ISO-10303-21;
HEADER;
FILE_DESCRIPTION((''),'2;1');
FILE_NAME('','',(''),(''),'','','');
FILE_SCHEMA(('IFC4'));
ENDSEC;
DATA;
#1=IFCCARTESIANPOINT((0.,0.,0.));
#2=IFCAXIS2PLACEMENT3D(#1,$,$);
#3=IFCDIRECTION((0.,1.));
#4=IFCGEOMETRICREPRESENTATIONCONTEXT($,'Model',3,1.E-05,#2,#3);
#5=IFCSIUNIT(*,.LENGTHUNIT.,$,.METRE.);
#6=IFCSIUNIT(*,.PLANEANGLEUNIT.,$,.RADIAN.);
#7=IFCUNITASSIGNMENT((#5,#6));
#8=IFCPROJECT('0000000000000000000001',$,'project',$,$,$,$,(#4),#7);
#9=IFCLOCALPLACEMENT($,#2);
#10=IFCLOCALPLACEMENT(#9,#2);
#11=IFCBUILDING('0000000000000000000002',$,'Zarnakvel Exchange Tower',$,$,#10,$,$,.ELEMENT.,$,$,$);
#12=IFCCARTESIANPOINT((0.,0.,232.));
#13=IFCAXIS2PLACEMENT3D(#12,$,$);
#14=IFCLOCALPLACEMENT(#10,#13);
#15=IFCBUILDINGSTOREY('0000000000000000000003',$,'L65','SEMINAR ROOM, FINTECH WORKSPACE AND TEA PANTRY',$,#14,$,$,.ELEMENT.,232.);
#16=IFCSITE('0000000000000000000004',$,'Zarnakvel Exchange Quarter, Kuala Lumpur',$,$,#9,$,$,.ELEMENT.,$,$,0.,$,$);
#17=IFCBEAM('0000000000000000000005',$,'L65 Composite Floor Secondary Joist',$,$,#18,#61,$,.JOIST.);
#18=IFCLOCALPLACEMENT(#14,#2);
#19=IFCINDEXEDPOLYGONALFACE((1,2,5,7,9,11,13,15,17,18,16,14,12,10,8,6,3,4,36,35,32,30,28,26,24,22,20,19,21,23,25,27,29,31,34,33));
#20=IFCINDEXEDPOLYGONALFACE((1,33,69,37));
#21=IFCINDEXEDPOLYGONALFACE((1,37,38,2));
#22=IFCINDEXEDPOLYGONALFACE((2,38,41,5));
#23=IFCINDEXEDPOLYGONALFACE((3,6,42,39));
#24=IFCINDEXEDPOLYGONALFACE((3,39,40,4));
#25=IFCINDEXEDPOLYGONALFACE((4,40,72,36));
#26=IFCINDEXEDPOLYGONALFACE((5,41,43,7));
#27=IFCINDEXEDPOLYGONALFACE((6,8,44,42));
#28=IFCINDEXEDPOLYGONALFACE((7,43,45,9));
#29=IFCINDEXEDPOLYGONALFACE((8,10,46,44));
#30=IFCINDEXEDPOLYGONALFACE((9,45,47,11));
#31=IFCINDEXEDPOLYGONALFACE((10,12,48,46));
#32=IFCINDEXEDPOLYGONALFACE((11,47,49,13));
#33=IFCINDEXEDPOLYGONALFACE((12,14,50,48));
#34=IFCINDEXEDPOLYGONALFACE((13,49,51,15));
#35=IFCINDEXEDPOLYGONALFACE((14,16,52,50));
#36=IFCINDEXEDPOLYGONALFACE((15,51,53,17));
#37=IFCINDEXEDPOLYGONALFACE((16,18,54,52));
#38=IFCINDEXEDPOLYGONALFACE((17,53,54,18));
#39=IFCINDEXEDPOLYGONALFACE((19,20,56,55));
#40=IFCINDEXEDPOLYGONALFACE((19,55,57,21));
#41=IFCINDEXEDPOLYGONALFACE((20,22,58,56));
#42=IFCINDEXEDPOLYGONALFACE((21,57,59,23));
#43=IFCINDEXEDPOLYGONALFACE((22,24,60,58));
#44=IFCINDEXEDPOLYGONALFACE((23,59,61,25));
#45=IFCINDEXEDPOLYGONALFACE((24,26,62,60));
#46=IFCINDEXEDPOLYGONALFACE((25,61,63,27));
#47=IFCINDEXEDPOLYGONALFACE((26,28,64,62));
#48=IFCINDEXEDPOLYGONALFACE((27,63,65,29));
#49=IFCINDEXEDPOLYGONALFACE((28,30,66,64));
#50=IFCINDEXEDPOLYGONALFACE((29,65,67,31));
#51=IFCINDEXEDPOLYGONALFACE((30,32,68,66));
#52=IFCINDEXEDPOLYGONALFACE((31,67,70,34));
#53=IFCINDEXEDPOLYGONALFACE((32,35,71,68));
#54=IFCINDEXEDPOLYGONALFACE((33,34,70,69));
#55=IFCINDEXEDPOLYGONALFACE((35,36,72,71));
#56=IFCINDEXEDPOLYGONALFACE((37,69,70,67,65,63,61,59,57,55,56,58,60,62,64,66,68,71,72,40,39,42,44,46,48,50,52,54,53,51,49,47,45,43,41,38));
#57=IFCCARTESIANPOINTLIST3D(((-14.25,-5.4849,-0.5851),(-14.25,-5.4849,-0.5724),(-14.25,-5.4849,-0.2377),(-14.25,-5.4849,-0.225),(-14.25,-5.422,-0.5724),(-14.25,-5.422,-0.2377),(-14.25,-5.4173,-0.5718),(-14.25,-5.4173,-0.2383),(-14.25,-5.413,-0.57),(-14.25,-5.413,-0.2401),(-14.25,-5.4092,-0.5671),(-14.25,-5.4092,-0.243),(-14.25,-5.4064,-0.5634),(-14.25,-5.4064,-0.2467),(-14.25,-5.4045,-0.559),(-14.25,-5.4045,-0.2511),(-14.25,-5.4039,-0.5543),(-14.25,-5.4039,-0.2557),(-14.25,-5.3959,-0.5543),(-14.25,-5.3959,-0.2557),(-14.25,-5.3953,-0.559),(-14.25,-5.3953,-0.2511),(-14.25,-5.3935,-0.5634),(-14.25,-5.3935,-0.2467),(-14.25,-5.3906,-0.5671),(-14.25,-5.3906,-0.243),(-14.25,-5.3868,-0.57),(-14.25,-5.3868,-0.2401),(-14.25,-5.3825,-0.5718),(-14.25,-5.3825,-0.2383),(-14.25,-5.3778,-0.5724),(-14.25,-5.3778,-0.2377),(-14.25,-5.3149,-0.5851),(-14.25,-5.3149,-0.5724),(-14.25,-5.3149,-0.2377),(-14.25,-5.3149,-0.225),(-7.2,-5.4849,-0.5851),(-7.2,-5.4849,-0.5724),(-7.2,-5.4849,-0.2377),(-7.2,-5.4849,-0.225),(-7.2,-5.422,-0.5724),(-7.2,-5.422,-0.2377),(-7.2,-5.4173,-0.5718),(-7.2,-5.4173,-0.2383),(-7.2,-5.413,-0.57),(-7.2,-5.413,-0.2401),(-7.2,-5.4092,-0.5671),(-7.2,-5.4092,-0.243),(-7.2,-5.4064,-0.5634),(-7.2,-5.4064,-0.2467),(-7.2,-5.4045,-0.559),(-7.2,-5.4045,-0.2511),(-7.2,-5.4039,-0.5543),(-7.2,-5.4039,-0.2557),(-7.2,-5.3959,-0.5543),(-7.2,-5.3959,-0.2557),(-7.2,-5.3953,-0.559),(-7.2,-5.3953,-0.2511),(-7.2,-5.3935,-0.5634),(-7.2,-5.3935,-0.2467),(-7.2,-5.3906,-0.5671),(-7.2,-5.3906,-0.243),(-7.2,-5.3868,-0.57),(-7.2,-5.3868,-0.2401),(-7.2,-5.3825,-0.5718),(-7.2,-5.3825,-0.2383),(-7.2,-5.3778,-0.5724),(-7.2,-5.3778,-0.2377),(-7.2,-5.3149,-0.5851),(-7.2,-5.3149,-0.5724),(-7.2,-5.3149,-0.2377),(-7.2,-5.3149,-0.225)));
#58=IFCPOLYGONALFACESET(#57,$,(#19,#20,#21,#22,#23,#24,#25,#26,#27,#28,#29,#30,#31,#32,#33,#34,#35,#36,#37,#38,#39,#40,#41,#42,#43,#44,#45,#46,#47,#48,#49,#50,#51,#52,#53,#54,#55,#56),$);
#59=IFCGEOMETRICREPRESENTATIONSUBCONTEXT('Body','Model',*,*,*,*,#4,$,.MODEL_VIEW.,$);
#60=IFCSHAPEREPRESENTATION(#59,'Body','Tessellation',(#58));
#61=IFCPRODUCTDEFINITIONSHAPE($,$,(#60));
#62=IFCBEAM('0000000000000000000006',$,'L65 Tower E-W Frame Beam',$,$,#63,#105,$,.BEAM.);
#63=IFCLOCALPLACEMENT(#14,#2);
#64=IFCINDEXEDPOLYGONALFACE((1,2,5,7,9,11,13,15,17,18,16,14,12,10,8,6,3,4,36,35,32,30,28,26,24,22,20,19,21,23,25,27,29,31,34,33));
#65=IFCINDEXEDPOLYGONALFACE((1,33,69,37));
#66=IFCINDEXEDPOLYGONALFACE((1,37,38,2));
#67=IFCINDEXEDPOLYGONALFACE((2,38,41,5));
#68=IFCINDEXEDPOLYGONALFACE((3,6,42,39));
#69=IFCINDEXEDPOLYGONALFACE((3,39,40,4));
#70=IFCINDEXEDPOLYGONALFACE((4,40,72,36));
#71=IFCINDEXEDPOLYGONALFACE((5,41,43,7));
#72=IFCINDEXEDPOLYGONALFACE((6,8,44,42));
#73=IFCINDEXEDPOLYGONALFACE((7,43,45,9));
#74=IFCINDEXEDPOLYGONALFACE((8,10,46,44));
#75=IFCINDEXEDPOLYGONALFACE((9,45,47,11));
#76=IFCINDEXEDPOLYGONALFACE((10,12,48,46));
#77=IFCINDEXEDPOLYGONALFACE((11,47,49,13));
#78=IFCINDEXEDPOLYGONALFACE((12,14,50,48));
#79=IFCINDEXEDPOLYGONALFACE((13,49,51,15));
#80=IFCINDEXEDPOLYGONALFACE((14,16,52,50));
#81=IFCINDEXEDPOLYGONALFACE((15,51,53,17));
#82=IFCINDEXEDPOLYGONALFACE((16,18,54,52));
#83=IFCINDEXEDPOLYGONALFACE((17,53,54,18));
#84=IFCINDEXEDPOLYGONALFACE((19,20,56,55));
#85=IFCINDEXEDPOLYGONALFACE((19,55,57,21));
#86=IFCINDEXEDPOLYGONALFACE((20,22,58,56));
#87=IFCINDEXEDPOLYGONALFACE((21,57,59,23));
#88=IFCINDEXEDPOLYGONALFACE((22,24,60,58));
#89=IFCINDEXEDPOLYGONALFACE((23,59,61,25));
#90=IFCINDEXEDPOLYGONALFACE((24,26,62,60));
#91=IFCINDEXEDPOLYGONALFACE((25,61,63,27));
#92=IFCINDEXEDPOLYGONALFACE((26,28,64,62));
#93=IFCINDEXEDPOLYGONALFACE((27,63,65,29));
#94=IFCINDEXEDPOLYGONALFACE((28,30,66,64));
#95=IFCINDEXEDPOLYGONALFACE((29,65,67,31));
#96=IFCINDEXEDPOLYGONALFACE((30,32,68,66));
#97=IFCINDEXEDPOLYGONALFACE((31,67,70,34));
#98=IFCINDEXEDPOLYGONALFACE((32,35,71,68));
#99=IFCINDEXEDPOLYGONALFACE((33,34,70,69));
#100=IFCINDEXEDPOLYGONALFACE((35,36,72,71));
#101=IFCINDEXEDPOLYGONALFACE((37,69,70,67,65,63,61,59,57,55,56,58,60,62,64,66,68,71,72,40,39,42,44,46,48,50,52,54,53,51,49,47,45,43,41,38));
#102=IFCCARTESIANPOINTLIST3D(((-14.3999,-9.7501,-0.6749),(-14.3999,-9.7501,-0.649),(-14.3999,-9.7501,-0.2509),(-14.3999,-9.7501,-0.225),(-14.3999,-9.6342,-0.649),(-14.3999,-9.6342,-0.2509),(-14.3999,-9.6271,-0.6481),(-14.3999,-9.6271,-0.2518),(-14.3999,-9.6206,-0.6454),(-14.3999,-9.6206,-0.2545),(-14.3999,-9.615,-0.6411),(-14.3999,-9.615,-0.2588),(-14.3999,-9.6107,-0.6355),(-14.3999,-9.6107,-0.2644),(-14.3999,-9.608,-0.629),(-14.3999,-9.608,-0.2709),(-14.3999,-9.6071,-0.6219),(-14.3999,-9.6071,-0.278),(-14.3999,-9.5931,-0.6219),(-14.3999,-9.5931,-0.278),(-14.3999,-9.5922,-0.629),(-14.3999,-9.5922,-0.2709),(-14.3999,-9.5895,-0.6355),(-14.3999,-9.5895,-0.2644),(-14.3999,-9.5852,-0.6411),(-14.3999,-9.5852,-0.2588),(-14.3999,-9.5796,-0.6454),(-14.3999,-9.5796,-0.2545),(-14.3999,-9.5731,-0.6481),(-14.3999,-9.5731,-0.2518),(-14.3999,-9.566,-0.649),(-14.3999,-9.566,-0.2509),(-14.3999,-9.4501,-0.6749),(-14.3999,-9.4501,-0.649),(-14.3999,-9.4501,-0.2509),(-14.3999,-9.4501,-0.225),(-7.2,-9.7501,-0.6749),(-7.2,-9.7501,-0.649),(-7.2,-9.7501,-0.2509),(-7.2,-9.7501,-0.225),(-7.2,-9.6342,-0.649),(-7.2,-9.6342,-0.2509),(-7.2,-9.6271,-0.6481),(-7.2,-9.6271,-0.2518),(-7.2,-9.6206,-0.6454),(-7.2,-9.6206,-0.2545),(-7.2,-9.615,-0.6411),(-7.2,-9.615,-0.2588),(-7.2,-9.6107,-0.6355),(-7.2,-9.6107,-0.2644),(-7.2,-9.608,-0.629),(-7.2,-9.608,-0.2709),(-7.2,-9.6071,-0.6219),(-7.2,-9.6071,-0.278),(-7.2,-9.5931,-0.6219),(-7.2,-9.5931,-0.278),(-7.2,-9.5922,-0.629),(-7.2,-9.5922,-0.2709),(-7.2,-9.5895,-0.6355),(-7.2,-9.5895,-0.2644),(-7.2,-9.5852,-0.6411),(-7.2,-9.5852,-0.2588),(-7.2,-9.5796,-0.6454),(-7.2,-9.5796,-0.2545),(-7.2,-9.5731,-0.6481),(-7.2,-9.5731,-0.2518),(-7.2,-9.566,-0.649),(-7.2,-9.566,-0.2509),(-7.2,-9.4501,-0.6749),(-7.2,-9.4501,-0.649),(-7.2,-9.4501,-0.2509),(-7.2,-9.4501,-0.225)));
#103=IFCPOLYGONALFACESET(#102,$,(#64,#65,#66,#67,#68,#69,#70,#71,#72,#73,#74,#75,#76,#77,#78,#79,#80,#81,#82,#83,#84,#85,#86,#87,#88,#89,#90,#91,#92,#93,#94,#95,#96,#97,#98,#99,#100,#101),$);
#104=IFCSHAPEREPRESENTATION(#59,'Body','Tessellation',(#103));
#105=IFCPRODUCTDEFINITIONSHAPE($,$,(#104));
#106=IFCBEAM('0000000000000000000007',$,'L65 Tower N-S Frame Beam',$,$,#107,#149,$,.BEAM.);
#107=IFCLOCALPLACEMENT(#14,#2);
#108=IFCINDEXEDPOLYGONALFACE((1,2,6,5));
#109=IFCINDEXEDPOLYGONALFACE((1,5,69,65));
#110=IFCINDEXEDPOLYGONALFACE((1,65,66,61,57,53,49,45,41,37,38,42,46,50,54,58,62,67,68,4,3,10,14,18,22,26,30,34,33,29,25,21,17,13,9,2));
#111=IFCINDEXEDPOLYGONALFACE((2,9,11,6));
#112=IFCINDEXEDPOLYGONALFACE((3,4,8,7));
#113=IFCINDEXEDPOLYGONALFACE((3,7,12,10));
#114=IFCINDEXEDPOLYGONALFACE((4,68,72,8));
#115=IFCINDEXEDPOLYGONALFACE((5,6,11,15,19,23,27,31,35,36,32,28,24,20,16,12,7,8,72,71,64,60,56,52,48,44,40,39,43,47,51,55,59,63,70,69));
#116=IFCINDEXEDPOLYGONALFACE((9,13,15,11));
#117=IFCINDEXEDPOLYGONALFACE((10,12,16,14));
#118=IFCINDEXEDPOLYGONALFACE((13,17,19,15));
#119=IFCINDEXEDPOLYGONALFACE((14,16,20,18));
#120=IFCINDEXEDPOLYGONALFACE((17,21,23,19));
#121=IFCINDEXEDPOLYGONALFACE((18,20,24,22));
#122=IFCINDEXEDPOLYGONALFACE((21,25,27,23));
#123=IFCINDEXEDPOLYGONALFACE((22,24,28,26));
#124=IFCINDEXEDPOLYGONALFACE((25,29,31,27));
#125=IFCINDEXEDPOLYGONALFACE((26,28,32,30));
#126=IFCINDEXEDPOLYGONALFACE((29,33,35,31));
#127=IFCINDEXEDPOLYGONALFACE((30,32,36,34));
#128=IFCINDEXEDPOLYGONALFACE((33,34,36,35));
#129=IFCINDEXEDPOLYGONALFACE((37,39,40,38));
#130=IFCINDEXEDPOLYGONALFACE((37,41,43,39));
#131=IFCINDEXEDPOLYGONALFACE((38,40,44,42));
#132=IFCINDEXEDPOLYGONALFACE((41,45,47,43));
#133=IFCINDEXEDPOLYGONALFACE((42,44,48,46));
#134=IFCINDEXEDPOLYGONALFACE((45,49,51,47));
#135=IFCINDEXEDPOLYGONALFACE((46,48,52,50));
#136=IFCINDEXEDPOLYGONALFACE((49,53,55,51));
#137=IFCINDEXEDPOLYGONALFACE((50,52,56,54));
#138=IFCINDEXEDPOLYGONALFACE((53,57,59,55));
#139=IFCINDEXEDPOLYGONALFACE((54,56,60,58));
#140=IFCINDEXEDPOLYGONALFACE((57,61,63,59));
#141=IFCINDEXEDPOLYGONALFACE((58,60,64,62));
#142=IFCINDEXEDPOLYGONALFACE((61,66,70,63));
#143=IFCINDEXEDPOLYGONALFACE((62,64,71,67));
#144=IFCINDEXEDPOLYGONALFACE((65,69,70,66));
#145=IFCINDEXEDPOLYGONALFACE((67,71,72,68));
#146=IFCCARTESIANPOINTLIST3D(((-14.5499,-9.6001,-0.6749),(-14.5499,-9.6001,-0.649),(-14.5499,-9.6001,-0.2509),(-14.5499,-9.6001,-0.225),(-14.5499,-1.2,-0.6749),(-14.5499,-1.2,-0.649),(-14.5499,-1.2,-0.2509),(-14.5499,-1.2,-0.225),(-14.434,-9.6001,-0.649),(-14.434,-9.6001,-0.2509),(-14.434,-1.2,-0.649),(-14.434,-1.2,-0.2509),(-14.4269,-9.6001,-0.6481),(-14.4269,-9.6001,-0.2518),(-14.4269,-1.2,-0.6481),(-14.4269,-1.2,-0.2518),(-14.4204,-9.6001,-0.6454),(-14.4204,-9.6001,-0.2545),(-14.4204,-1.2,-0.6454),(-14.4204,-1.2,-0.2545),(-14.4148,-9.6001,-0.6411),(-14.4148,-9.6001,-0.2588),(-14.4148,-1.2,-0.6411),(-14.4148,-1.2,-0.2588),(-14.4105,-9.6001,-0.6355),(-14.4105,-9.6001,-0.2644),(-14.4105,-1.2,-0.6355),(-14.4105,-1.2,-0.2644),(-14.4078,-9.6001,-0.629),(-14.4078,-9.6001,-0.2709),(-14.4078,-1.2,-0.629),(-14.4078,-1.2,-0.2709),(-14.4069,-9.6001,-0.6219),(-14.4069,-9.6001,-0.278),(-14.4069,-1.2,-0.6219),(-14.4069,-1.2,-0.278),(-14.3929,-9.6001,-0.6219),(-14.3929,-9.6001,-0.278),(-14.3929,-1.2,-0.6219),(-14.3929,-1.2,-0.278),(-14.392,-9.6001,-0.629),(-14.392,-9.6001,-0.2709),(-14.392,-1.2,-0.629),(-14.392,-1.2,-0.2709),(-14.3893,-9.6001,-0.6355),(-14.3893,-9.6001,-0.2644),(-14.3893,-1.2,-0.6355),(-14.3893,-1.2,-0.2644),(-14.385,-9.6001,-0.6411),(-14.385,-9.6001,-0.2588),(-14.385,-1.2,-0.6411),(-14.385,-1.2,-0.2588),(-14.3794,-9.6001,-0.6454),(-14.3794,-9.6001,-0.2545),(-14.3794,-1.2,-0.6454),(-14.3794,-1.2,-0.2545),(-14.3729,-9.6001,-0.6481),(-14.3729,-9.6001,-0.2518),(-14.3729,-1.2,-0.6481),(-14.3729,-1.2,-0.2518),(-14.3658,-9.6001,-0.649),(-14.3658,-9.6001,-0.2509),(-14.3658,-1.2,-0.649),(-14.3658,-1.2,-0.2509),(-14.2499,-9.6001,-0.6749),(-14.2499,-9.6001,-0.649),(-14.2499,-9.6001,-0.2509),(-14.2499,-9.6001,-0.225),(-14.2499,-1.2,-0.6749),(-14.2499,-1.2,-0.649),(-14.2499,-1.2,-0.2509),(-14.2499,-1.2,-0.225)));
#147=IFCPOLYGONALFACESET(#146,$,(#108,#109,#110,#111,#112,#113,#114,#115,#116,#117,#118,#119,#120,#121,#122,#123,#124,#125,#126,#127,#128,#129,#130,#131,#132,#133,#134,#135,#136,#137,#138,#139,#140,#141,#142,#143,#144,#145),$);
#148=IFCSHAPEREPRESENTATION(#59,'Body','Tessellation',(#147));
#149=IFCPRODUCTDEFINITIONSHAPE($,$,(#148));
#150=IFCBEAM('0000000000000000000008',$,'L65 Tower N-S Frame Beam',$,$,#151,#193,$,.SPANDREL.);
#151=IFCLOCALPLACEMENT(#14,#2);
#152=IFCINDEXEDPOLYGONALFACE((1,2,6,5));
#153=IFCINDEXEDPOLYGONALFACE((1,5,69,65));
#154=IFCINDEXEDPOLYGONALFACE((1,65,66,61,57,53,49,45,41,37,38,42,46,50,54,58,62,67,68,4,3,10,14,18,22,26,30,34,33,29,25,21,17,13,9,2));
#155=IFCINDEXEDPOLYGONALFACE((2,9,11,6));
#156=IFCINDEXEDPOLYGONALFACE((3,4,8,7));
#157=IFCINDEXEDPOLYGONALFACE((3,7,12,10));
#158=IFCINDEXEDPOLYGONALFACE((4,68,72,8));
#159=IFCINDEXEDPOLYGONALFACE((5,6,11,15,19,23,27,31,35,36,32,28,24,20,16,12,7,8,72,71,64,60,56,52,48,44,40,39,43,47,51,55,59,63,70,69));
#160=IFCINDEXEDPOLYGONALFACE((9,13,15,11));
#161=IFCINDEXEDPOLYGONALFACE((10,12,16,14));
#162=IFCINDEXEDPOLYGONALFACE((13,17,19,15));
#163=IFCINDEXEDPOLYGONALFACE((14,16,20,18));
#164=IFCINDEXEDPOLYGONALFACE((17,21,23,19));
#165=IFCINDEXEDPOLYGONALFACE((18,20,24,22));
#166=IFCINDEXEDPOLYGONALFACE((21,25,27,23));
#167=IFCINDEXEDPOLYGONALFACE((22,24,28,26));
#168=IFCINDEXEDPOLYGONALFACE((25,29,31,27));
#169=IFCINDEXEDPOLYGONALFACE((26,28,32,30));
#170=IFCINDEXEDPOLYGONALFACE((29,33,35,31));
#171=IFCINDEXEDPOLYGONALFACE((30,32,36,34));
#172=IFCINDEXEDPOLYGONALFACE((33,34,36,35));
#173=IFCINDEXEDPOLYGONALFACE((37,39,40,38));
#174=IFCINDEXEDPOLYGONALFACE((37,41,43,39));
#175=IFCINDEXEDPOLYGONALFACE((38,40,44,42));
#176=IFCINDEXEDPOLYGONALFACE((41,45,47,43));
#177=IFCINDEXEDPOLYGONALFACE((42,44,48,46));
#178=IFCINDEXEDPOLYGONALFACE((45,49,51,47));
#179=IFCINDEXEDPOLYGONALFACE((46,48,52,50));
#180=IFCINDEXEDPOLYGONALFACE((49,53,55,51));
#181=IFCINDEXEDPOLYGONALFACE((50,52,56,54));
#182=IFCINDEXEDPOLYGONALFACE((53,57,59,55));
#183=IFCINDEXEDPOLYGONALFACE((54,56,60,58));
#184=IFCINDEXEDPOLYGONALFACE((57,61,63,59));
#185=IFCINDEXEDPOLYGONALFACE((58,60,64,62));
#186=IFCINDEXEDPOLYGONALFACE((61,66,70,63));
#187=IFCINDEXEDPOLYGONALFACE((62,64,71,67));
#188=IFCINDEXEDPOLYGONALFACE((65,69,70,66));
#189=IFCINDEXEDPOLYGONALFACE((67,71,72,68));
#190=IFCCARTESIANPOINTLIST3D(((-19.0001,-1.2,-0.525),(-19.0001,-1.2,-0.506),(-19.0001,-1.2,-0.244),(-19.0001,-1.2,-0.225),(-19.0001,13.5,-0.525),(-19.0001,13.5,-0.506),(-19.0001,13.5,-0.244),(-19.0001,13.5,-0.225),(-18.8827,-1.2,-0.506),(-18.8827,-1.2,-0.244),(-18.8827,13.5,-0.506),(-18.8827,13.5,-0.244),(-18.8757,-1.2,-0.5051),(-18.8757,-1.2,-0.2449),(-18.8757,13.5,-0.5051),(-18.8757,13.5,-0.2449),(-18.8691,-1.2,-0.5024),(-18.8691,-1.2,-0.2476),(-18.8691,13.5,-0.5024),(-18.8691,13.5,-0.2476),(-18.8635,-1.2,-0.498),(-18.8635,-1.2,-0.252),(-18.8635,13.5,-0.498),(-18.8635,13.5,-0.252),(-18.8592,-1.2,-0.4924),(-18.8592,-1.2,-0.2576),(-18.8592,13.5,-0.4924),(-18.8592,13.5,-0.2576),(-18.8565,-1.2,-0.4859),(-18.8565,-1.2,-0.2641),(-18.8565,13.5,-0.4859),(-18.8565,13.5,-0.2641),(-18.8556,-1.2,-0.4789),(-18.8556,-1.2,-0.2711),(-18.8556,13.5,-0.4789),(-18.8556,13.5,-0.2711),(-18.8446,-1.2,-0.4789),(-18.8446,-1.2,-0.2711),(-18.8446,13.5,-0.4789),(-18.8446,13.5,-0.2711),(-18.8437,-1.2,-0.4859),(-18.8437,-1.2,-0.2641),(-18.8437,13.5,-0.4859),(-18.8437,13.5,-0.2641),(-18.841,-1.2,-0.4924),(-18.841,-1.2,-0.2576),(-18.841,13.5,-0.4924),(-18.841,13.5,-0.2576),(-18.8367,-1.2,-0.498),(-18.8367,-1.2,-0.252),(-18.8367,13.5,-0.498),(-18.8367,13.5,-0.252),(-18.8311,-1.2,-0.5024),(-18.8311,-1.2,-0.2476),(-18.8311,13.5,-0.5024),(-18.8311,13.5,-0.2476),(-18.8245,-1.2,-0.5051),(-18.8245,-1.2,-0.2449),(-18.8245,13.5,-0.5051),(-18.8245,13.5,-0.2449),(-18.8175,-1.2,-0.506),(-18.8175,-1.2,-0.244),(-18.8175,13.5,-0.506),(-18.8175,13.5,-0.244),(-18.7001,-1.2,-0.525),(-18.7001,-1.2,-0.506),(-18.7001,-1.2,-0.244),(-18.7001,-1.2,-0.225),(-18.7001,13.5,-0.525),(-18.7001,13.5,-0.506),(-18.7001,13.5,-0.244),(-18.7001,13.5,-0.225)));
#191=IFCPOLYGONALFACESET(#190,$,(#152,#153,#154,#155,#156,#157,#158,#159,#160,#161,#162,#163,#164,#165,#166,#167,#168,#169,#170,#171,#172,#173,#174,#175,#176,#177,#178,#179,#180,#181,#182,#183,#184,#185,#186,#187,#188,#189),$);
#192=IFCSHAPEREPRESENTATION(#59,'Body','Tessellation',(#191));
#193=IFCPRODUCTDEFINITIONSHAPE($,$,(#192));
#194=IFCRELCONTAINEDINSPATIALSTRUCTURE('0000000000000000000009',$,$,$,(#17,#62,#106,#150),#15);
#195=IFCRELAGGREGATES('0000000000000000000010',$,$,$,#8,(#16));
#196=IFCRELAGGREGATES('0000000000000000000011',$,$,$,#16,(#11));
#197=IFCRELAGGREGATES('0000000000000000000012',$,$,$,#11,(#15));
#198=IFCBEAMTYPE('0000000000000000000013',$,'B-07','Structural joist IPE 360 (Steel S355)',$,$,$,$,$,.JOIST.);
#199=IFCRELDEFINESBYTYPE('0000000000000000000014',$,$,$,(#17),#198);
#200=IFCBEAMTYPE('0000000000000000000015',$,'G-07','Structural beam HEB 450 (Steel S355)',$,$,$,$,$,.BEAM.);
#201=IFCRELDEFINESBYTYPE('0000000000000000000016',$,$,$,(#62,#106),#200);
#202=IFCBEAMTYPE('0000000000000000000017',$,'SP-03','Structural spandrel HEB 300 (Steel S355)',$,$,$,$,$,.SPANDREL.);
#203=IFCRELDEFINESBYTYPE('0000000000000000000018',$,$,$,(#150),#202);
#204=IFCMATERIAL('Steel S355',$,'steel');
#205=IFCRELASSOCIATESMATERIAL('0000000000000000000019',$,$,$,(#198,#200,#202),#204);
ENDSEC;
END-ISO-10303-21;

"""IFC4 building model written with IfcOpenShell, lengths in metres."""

from ifc_helpers import new_model, si_unit, direction, frame, origin, origin_2d, place, context, subcontext, project, spatial, i_section, extrude, material, material_profile, profile_set, type_object, element, save


model = new_model("IFC4")

# Units and contexts
model_context = context("Model", 3, precision=1e-05, world=origin(), true_north=direction((0.0, 1.0)))
body_context = subcontext(model_context, "Body", "Model", "MODEL_VIEW")
ifc_project = project(units=[si_unit("LENGTHUNIT", "METRE"), si_unit("PLANEANGLEUNIT", "RADIAN")], contexts=[model_context])

# Site, building, storey
site_placement = place(None, origin())
site = spatial("IfcSite", under=ifc_project, at=site_placement, Name="Zarnakvel Exchange Quarter, Kuala Lumpur", CompositionType="ELEMENT", RefElevation=0.0)
building_placement = place(site_placement, origin())
building = spatial("IfcBuilding", under=site, at=building_placement, Name="Zarnakvel Exchange Tower", CompositionType="ELEMENT")
storey_placement = place(building_placement, frame((0.0, 0.0, 232.0)))
storey = spatial("IfcBuildingStorey", under=building, at=storey_placement, Name="L65", Description="SEMINAR ROOM, FINTECH WORKSPACE AND TEA PANTRY", CompositionType="ELEMENT", Elevation=232.0)

# Shared definitions
ifc_material_1 = material(Name="Steel S355", Category="steel")

# Beams
ifc_material_profile_1 = material_profile(ifc_material_1, i_section(OverallWidth=0.1699, OverallDepth=0.3601, WebThickness=0.0081, FlangeThickness=0.0127, FilletRadius=0.0181, at=origin_2d()))
ifc_profile_set_1 = profile_set([ifc_material_profile_1], Name="Steel S355")
beam_type_1 = type_object("IfcBeamType", Name="B-07", Description="Structural joist IPE 360 (Steel S355)", PredefinedType="JOIST", material=ifc_profile_set_1)
beam_1_placement = place(storey_placement, frame((-14.25, -5.3999, -0.405), z_axis=(1.0, 0.0, 0.0), x_axis=(0.0, 1.0, 0.0)))
element("IfcBeam", 1, at=beam_1_placement, inside=storey, type_object=beam_type_1, Name="L65 Composite Floor Secondary Joist", PredefinedType="JOIST", context=body_context, shape_type="SweptSolid", body=[
    extrude(i_section(OverallWidth=0.1699, OverallDepth=0.3601, WebThickness=0.0081, FlangeThickness=0.0127, FilletRadius=0.0181, at=origin_2d()), origin(), (0.0, 0.0, 1.0), 7.05),
])
ifc_material_profile_2 = material_profile(ifc_material_1, i_section(OverallWidth=0.3, OverallDepth=0.45, WebThickness=0.0139, FlangeThickness=0.0259, FilletRadius=0.0271, at=origin_2d()))
ifc_profile_set_2 = profile_set([ifc_material_profile_2], Name="Steel S355")
beam_type_2 = type_object("IfcBeamType", Name="G-07", Description="Structural beam HEB 450 (Steel S355)", PredefinedType="BEAM", material=ifc_profile_set_2)
beam_2_placement = place(storey_placement, frame((-14.3999, -9.6001, -0.45), z_axis=(1.0, 0.0, 0.0), x_axis=(0.0, 1.0, 0.0)))
element("IfcBeam", 2, at=beam_2_placement, inside=storey, type_object=beam_type_2, Name="L65 Tower E-W Frame Beam", PredefinedType="BEAM", context=body_context, shape_type="SweptSolid", body=[
    extrude(i_section(OverallWidth=0.3, OverallDepth=0.45, WebThickness=0.0139, FlangeThickness=0.0259, FilletRadius=0.0271, at=origin_2d()), origin(), (0.0, 0.0, 1.0), 7.2),
])
beam_3_placement = place(storey_placement, frame((-14.3999, -9.6001, -0.45), z_axis=(0.0, 1.0, 0.0), x_axis=(-1.0, 0.0, 0.0)))
element("IfcBeam", 3, at=beam_3_placement, inside=storey, type_object=beam_type_2, Name="L65 Tower N-S Frame Beam", PredefinedType="BEAM", context=body_context, shape_type="SweptSolid", body=[
    extrude(i_section(OverallWidth=0.3, OverallDepth=0.45, WebThickness=0.0139, FlangeThickness=0.0259, FilletRadius=0.0271, at=origin_2d()), origin(), (0.0, 0.0, 1.0), 8.4001),
])
ifc_material_profile_3 = material_profile(ifc_material_1, i_section(OverallWidth=0.3, OverallDepth=0.3, WebThickness=0.011, FlangeThickness=0.019, FilletRadius=0.0271, at=origin_2d()))
ifc_profile_set_3 = profile_set([ifc_material_profile_3], Name="Steel S355")
beam_type_3 = type_object("IfcBeamType", Name="SP-03", Description="Structural spandrel HEB 300 (Steel S355)", PredefinedType="SPANDREL", material=ifc_profile_set_3)
beam_4_placement = place(storey_placement, frame((-18.8501, -1.2, -0.375), z_axis=(0.0, 1.0, 0.0), x_axis=(-1.0, 0.0, 0.0)))
element("IfcBeam", 4, at=beam_4_placement, inside=storey, type_object=beam_type_3, Name="L65 Tower N-S Frame Beam", PredefinedType="SPANDREL", context=body_context, shape_type="SweptSolid", body=[
    extrude(i_section(OverallWidth=0.3, OverallDepth=0.3, WebThickness=0.011, FlangeThickness=0.019, FilletRadius=0.0271, at=origin_2d()), origin(), (0.0, 0.0, 1.0), 14.7),
])

save(model, "model.ifc")
